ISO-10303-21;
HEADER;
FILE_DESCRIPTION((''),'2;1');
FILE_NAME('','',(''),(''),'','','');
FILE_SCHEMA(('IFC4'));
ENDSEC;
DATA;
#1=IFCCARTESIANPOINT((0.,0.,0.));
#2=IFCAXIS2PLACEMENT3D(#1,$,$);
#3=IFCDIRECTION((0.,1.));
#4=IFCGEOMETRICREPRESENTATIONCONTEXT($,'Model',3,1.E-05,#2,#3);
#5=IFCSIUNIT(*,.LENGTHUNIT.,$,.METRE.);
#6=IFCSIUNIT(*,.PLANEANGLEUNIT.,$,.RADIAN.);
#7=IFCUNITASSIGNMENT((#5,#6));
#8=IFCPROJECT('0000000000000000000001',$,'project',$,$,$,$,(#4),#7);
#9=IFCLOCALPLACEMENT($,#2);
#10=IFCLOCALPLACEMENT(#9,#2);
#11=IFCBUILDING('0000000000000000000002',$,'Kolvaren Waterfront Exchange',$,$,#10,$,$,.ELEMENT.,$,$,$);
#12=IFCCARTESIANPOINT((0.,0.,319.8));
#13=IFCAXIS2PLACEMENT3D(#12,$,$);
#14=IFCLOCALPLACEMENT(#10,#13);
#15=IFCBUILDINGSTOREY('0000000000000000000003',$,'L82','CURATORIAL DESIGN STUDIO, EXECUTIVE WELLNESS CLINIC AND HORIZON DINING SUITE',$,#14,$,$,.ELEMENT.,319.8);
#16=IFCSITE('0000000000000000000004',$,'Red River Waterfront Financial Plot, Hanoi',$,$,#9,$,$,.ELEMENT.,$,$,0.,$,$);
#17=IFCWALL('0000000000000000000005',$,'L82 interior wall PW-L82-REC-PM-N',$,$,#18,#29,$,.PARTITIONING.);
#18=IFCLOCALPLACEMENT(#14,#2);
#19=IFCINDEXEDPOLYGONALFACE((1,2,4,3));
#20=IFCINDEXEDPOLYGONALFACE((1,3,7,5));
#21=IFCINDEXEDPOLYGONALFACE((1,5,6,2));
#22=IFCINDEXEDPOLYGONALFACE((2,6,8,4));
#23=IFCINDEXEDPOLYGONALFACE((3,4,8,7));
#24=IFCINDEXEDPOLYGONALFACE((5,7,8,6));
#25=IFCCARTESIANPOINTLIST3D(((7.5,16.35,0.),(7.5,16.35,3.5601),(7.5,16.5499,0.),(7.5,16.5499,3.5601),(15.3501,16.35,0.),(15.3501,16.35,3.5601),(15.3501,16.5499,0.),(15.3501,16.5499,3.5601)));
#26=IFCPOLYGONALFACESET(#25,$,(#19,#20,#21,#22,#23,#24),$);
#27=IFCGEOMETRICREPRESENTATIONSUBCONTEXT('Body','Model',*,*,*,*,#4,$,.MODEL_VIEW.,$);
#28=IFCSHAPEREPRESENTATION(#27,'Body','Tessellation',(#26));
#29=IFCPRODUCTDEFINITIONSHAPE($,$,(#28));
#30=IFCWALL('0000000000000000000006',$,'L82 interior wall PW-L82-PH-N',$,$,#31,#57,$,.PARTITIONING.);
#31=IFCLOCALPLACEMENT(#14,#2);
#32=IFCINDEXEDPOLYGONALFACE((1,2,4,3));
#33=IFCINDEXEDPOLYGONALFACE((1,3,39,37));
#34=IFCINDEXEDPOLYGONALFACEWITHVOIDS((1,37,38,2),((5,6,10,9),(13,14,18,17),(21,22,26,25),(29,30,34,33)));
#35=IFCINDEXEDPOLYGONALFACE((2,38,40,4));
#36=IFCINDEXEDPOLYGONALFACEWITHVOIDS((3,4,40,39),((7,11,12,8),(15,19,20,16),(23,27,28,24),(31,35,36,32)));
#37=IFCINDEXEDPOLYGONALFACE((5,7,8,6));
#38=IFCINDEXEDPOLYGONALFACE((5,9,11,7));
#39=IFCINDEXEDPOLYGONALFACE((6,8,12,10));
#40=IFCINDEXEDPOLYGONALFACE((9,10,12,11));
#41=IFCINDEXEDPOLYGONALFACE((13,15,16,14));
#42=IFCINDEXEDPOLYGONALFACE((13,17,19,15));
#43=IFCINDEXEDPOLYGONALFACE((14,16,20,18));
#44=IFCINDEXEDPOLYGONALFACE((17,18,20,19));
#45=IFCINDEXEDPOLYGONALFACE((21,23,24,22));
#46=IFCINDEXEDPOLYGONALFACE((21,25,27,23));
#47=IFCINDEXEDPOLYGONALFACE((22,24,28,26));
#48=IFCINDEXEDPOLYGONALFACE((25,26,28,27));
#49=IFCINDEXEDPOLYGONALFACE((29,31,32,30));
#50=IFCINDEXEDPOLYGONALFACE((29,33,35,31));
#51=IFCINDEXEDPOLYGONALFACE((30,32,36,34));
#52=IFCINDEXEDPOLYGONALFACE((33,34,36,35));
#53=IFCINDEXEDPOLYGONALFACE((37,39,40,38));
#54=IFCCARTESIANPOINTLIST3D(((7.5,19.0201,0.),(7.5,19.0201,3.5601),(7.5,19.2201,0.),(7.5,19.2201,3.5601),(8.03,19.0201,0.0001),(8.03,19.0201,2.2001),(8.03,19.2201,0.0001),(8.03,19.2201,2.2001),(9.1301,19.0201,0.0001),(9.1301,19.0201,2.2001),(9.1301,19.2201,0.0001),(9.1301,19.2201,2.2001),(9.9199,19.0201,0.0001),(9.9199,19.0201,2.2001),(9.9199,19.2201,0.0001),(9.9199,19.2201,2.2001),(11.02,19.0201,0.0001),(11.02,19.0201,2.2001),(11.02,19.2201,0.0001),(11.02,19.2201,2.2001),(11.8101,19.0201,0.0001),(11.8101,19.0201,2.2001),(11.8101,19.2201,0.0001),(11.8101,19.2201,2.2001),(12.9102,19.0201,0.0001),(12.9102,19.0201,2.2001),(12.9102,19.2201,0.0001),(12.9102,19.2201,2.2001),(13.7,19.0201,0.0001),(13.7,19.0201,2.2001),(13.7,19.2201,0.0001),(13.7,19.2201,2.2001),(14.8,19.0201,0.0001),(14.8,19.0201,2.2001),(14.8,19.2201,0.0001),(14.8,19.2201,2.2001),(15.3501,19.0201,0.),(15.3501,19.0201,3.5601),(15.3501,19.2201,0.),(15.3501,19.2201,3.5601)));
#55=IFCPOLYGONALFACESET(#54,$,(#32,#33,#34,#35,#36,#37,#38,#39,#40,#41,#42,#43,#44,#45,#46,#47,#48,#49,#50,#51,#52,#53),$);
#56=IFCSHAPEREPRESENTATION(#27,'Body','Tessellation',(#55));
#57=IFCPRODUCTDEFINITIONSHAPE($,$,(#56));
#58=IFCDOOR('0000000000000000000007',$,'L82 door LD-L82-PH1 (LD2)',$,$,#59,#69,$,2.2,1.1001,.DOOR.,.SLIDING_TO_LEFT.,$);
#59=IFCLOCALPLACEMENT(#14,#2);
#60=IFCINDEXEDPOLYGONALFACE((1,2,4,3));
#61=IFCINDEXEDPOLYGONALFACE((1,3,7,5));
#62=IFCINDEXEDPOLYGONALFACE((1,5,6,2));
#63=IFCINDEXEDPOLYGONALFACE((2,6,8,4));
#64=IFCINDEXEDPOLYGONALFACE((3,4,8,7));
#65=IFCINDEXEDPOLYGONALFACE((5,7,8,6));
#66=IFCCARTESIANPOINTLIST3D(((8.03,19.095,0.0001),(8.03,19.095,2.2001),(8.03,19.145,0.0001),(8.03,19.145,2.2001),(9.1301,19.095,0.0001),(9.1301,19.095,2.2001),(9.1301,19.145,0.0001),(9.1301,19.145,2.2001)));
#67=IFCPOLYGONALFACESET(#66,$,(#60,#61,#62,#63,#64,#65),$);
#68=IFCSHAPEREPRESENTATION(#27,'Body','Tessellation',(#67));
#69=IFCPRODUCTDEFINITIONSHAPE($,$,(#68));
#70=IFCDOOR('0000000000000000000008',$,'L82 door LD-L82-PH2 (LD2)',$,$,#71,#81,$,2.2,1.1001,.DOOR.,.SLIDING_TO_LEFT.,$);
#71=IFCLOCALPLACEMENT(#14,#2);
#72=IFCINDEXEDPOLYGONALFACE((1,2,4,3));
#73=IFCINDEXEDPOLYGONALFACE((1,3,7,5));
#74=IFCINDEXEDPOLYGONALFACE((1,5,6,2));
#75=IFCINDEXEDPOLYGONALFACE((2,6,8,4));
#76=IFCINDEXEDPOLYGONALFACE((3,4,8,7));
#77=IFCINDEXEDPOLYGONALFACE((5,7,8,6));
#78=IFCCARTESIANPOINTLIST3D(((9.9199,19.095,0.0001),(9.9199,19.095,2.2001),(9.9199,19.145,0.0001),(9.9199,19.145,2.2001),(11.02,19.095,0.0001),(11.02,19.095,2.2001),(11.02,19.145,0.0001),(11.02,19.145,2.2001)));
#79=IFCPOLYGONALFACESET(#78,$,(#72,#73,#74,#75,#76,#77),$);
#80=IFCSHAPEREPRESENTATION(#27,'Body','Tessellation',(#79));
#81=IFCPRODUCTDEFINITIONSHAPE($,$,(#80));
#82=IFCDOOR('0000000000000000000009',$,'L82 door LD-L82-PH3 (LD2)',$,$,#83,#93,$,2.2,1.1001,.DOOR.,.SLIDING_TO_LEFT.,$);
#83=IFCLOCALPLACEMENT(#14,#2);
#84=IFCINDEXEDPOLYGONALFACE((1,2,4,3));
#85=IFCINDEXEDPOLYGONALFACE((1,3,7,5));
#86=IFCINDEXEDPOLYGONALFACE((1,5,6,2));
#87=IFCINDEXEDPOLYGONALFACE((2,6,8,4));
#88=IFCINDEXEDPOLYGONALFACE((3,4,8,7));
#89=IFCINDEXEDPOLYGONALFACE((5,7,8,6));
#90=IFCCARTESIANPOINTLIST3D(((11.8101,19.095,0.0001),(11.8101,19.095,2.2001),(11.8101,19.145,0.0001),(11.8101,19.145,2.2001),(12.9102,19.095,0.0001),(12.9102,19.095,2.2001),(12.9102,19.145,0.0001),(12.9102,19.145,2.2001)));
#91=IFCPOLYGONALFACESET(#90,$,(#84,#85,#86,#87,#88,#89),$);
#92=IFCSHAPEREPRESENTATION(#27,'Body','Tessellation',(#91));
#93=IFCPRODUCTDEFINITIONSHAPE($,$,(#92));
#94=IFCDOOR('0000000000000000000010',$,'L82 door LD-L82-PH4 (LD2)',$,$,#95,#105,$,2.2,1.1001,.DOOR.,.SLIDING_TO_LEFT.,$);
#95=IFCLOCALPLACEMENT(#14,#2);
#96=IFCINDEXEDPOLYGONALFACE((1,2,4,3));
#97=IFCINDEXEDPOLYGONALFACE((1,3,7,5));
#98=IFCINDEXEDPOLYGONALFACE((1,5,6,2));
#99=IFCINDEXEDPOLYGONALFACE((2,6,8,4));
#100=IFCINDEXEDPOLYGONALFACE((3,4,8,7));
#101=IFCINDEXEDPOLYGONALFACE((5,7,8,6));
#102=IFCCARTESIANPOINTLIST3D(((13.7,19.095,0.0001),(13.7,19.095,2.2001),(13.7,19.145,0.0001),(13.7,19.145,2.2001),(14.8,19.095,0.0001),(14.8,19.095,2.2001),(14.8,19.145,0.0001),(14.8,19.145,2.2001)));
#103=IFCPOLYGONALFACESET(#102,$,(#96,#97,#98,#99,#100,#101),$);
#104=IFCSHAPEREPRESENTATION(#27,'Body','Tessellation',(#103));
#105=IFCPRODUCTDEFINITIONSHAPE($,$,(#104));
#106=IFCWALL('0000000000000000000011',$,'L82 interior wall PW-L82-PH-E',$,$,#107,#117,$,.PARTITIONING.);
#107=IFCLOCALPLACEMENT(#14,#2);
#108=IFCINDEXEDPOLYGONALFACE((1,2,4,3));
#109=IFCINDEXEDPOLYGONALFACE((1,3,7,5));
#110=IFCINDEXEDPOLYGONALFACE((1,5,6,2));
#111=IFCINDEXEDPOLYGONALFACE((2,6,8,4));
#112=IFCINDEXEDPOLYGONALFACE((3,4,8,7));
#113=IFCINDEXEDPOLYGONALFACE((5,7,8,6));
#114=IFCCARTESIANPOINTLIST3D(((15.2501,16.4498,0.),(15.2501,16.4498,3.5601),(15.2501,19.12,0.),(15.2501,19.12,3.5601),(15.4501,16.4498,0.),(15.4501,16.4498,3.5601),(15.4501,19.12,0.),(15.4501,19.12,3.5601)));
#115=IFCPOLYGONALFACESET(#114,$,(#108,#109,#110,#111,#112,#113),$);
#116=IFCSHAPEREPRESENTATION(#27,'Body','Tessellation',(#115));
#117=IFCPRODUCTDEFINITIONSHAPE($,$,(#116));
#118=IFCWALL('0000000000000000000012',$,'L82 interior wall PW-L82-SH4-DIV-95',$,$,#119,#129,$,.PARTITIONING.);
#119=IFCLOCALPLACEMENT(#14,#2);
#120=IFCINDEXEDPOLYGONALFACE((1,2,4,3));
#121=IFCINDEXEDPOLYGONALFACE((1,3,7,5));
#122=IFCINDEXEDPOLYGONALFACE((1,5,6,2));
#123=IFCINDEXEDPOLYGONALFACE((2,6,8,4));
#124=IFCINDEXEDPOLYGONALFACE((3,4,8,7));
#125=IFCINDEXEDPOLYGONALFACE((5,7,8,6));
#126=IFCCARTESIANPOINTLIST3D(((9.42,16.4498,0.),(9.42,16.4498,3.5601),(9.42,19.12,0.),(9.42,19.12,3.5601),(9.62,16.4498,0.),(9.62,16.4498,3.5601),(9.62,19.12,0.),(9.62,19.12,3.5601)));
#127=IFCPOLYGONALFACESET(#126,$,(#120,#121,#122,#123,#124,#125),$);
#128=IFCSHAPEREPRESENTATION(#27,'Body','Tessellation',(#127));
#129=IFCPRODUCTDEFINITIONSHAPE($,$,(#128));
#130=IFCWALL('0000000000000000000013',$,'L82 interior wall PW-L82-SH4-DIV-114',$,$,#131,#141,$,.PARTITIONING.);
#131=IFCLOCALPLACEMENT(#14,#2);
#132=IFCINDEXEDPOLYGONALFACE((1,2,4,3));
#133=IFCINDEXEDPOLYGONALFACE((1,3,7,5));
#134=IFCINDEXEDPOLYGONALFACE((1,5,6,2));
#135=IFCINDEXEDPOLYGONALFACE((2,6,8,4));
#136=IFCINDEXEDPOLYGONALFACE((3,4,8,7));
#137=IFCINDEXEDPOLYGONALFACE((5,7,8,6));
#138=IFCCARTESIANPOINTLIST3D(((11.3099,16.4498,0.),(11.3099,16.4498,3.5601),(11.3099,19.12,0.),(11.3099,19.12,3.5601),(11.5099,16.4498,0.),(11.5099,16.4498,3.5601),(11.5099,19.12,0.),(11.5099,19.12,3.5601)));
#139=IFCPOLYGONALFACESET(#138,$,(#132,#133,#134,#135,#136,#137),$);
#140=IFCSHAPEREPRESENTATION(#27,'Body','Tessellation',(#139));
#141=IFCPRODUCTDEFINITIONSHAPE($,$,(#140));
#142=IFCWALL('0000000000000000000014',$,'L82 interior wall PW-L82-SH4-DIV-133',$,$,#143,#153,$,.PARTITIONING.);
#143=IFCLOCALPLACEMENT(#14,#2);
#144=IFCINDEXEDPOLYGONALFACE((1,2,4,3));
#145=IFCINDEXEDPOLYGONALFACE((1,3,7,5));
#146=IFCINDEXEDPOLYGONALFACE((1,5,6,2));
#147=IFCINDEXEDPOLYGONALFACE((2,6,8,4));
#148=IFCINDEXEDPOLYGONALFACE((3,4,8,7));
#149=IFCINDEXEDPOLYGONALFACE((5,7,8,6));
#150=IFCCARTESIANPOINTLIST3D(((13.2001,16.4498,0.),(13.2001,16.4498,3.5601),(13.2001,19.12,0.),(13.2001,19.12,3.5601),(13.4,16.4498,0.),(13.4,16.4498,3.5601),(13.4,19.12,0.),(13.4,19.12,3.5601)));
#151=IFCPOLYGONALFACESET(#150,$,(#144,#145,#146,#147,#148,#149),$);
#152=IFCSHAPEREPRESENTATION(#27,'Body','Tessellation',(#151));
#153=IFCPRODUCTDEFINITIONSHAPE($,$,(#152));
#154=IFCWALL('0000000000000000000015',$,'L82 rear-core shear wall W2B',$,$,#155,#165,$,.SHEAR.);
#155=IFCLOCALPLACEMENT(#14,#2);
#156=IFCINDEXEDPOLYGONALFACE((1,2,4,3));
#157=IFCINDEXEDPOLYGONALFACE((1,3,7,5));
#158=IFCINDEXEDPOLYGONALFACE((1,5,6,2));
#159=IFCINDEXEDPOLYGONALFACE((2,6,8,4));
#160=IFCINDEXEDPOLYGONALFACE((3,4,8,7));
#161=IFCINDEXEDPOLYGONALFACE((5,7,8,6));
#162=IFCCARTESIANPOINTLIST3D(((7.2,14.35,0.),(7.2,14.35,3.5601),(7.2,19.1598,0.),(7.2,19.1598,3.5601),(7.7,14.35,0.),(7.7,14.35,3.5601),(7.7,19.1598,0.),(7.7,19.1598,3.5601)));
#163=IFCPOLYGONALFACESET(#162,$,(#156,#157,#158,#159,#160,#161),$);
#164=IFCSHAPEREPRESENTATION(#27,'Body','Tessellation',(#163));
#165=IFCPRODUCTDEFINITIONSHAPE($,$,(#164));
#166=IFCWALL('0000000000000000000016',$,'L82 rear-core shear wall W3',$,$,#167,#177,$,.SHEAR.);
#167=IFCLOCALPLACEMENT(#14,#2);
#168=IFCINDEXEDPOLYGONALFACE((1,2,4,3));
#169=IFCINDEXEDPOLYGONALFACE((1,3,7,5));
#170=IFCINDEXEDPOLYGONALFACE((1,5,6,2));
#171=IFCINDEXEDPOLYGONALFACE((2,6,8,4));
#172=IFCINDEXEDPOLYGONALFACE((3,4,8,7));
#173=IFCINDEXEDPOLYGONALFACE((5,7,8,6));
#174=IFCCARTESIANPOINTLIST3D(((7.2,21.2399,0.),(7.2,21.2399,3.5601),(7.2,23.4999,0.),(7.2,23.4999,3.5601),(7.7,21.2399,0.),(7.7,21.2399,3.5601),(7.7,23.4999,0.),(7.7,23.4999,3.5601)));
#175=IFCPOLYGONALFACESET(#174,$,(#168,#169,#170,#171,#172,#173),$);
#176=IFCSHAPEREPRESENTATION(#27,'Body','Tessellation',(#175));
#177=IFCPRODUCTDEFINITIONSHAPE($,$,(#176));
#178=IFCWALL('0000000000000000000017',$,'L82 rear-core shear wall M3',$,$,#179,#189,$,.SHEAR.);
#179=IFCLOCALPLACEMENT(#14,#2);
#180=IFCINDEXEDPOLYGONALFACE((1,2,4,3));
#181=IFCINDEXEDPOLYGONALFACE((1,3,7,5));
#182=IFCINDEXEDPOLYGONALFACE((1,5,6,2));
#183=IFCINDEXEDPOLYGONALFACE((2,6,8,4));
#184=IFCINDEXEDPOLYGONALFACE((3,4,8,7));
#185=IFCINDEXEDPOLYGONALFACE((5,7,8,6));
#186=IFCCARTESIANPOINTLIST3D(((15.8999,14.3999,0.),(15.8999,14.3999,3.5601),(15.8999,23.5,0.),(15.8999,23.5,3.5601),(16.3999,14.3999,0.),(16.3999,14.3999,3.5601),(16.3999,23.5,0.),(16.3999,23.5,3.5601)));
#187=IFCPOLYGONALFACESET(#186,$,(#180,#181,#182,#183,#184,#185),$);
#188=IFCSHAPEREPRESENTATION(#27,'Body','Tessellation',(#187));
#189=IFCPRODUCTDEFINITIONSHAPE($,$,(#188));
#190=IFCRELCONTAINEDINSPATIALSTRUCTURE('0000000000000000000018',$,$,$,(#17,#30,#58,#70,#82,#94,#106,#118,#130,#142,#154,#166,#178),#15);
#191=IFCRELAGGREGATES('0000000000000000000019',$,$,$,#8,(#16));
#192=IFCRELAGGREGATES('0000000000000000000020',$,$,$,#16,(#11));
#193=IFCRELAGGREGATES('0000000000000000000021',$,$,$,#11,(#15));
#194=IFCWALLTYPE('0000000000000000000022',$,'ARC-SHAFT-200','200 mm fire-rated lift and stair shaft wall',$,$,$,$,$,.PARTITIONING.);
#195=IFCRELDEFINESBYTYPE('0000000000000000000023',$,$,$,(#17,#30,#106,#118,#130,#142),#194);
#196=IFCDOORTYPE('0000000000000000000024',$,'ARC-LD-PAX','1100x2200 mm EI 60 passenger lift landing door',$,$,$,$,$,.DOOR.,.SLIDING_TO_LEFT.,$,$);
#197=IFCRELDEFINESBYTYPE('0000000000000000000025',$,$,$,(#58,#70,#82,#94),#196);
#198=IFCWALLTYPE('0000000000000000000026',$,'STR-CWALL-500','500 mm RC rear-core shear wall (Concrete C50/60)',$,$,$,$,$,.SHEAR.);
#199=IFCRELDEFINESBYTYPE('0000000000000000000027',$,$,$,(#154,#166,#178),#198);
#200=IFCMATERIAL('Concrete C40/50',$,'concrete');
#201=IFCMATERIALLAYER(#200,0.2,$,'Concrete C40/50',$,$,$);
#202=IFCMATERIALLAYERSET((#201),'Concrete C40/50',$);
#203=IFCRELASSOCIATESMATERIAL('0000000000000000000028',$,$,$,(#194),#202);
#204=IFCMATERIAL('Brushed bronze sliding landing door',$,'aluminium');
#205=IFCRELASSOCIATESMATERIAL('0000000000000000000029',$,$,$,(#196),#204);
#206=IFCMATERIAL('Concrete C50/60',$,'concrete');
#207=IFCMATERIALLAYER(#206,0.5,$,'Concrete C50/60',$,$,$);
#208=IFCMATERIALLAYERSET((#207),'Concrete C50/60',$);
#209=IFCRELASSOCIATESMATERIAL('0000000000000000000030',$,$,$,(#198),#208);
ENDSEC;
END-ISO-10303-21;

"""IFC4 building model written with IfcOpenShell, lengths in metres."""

from ifc_helpers import new_model, si_unit, direction, frame, frame_2d, origin, place, context, subcontext, project, spatial, rectangle, extrude, material, layer, layer_set, type_object, element, fill, save


model = new_model("IFC4")

# Units and contexts
model_context = context("Model", 3, precision=1e-05, world=origin(), true_north=direction((0.0, 1.0)))
body_context = subcontext(model_context, "Body", "Model", "MODEL_VIEW")
ifc_project = project(units=[si_unit("LENGTHUNIT", "METRE"), si_unit("PLANEANGLEUNIT", "RADIAN")], contexts=[model_context])

# Site, building, storey
site_placement = place(None, origin())
site = spatial("IfcSite", under=ifc_project, at=site_placement, Name="Red River Waterfront Financial Plot, Hanoi", CompositionType="ELEMENT", RefElevation=0.0)
building_placement = place(site_placement, origin())
building = spatial("IfcBuilding", under=site, at=building_placement, Name="Kolvaren Waterfront Exchange", CompositionType="ELEMENT")
storey_placement = place(building_placement, frame((0.0, 0.0, 319.8)))
storey = spatial("IfcBuildingStorey", under=building, at=storey_placement, Name="L82", Description="CURATORIAL DESIGN STUDIO, EXECUTIVE WELLNESS CLINIC AND HORIZON DINING SUITE", CompositionType="ELEMENT", Elevation=319.8)

# Wall
ifc_material_1 = material(Name="Concrete C40/50", Category="concrete")
ifc_layer_1 = layer(ifc_material_1, 0.2, Name="Concrete C40/50")
ifc_layer_set_1 = layer_set([ifc_layer_1], Name="Concrete C40/50")
wall_type_1 = type_object("IfcWallType", Name="ARC-SHAFT-200", Description="200 mm fire-rated lift and stair shaft wall", PredefinedType="PARTITIONING", material=ifc_layer_set_1)
wall_1_placement = place(storey_placement, frame((7.5, 16.45, 0.0), z_axis=(0.0, 0.0, 1.0), x_axis=(1.0, 0.0, 0.0)))
element("IfcWall", 1, at=wall_1_placement, inside=storey, type_object=wall_type_1, Name="L82 interior wall PW-L82-REC-PM-N", PredefinedType="PARTITIONING", context=body_context, shape_type="SweptSolid", body=[
    extrude(rectangle(XDim=7.8501, YDim=0.2, at=frame_2d((3.925, 0.0))), origin(), (0.0, 0.0, 1.0), 3.5601),
])

# Wall, openings, doors
wall_2_placement = place(storey_placement, frame((7.5, 19.1201, 0.0), z_axis=(0.0, 0.0, 1.0), x_axis=(1.0, 0.0, 0.0)))
wall_2 = element("IfcWall", 2, at=wall_2_placement, inside=storey, type_object=wall_type_1, Name="L82 interior wall PW-L82-PH-N", PredefinedType="PARTITIONING", context=body_context, shape_type="SweptSolid", body=[
    extrude(rectangle(XDim=7.8501, YDim=0.2, at=frame_2d((3.925, 0.0))), origin(), (0.0, 0.0, 1.0), 3.5601),
])
opening_1_placement = place(wall_2_placement, frame((0.53, 0.0, 0.0)))
opening_1 = element("IfcOpeningElement", 3, at=opening_1_placement, cuts=wall_2, PredefinedType="OPENING", context=body_context, shape_type="SweptSolid", body=[
    extrude(rectangle(XDim=1.1001, YDim=2.2, at=frame_2d((0.55, 1.1001))), frame((0.0, 0.1099, 0.0), z_axis=(0.0, -1.0, 0.0), x_axis=(1.0, 0.0, 0.0)), (0.0, 0.0, 1.0), 0.22),
])
opening_2_placement = place(wall_2_placement, frame((2.4199, 0.0, 0.0)))
opening_2 = element("IfcOpeningElement", 4, at=opening_2_placement, cuts=wall_2, PredefinedType="OPENING", context=body_context, shape_type="SweptSolid", body=[
    extrude(rectangle(XDim=1.1001, YDim=2.2, at=frame_2d((0.55, 1.1001))), frame((0.0, 0.1099, 0.0), z_axis=(0.0, -1.0, 0.0), x_axis=(1.0, 0.0, 0.0)), (0.0, 0.0, 1.0), 0.22),
])
opening_3_placement = place(wall_2_placement, frame((4.3101, 0.0, 0.0)))
opening_3 = element("IfcOpeningElement", 5, at=opening_3_placement, cuts=wall_2, PredefinedType="OPENING", context=body_context, shape_type="SweptSolid", body=[
    extrude(rectangle(XDim=1.1001, YDim=2.2, at=frame_2d((0.55, 1.1001))), frame((0.0, 0.1099, 0.0), z_axis=(0.0, -1.0, 0.0), x_axis=(1.0, 0.0, 0.0)), (0.0, 0.0, 1.0), 0.22),
])
opening_4_placement = place(wall_2_placement, frame((6.2, 0.0, 0.0)))
opening_4 = element("IfcOpeningElement", 6, at=opening_4_placement, cuts=wall_2, PredefinedType="OPENING", context=body_context, shape_type="SweptSolid", body=[
    extrude(rectangle(XDim=1.1001, YDim=2.2, at=frame_2d((0.55, 1.1001))), frame((0.0, 0.1099, 0.0), z_axis=(0.0, -1.0, 0.0), x_axis=(1.0, 0.0, 0.0)), (0.0, 0.0, 1.0), 0.22),
])
ifc_material_2 = material(Name="Brushed bronze sliding landing door", Category="aluminium")
door_type_1 = type_object("IfcDoorType", Name="ARC-LD-PAX", Description="1100x2200 mm EI 60 passenger lift landing door", OperationType="SLIDING_TO_LEFT", PredefinedType="DOOR", material=ifc_material_2)
door_1_placement = place(opening_1_placement, origin())
door_1 = element("IfcDoor", 7, at=door_1_placement, inside=storey, type_object=door_type_1, Name="L82 door LD-L82-PH1 (LD2)", OperationType="SLIDING_TO_LEFT", OverallHeight=2.2, OverallWidth=1.1001, PredefinedType="DOOR", context=body_context, shape_type="SweptSolid", body=[
    extrude(rectangle(XDim=1.1001, YDim=2.2, at=frame_2d((0.55, 1.1001))), frame((0.0, 0.0249, 0.0), z_axis=(0.0, -1.0, 0.0), x_axis=(1.0, 0.0, 0.0)), (0.0, 0.0, 1.0), 0.05),
])
fill(opening_1, door_1)
door_2_placement = place(opening_2_placement, origin())
door_2 = element("IfcDoor", 8, at=door_2_placement, inside=storey, type_object=door_type_1, Name="L82 door LD-L82-PH2 (LD2)", OperationType="SLIDING_TO_LEFT", OverallHeight=2.2, OverallWidth=1.1001, PredefinedType="DOOR", context=body_context, shape_type="SweptSolid", body=[
    extrude(rectangle(XDim=1.1001, YDim=2.2, at=frame_2d((0.55, 1.1001))), frame((0.0, 0.0249, 0.0), z_axis=(0.0, -1.0, 0.0), x_axis=(1.0, 0.0, 0.0)), (0.0, 0.0, 1.0), 0.05),
])
fill(opening_2, door_2)
door_3_placement = place(opening_3_placement, origin())
door_3 = element("IfcDoor", 9, at=door_3_placement, inside=storey, type_object=door_type_1, Name="L82 door LD-L82-PH3 (LD2)", OperationType="SLIDING_TO_LEFT", OverallHeight=2.2, OverallWidth=1.1001, PredefinedType="DOOR", context=body_context, shape_type="SweptSolid", body=[
    extrude(rectangle(XDim=1.1001, YDim=2.2, at=frame_2d((0.55, 1.1001))), frame((0.0, 0.0249, 0.0), z_axis=(0.0, -1.0, 0.0), x_axis=(1.0, 0.0, 0.0)), (0.0, 0.0, 1.0), 0.05),
])
fill(opening_3, door_3)
door_4_placement = place(opening_4_placement, origin())
door_4 = element("IfcDoor", 10, at=door_4_placement, inside=storey, type_object=door_type_1, Name="L82 door LD-L82-PH4 (LD2)", OperationType="SLIDING_TO_LEFT", OverallHeight=2.2, OverallWidth=1.1001, PredefinedType="DOOR", context=body_context, shape_type="SweptSolid", body=[
    extrude(rectangle(XDim=1.1001, YDim=2.2, at=frame_2d((0.55, 1.1001))), frame((0.0, 0.0249, 0.0), z_axis=(0.0, -1.0, 0.0), x_axis=(1.0, 0.0, 0.0)), (0.0, 0.0, 1.0), 0.05),
])
fill(opening_4, door_4)

# Walls
for number, where, z_axis, x_axis, name in (
    (11, (15.3501, 16.45, 0.0), (0.0, 0.0, 1.0), (0.0, 1.0, 0.0), "L82 interior wall PW-L82-PH-E"),
    (12, (9.52, 16.45, 0.0), (0.0, 0.0, 1.0), (0.0, 1.0, 0.0), "L82 interior wall PW-L82-SH4-DIV-95"),
    (13, (11.4099, 16.45, 0.0), (0.0, 0.0, 1.0), (0.0, 1.0, 0.0), "L82 interior wall PW-L82-SH4-DIV-114"),
    (14, (13.3, 16.45, 0.0), (0.0, 0.0, 1.0), (0.0, 1.0, 0.0), "L82 interior wall PW-L82-SH4-DIV-133"),
):
    element("IfcWall", number, at=place(storey_placement, frame(where, z_axis=z_axis, x_axis=x_axis)), inside=storey, type_object=wall_type_1, Name=name, PredefinedType="PARTITIONING", context=body_context, shape_type="SweptSolid", body=[
        extrude(rectangle(XDim=2.6702, YDim=0.2, at=frame_2d((1.335, 0.0))), origin(), (0.0, 0.0, 1.0), 3.5601),
    ])
ifc_material_3 = material(Name="Concrete C50/60", Category="concrete")
ifc_layer_2 = layer(ifc_material_3, 0.5, Name="Concrete C50/60")
ifc_layer_set_2 = layer_set([ifc_layer_2], Name="Concrete C50/60")
wall_type_2 = type_object("IfcWallType", Name="STR-CWALL-500", Description="500 mm RC rear-core shear wall (Concrete C50/60)", PredefinedType="SHEAR", material=ifc_layer_set_2)
wall_3_placement = place(storey_placement, frame((7.45, 14.3501, 0.0), z_axis=(0.0, 0.0, 1.0), x_axis=(0.0, 1.0, 0.0)))
element("IfcWall", 15, at=wall_3_placement, inside=storey, type_object=wall_type_2, Name="L82 rear-core shear wall W2B", PredefinedType="SHEAR", context=body_context, shape_type="SweptSolid", body=[
    extrude(rectangle(XDim=4.8098, YDim=0.5, at=frame_2d((2.4048, 0.0))), origin(), (0.0, 0.0, 1.0), 3.5601),
])
wall_4_placement = place(storey_placement, frame((7.45, 21.24, 0.0), z_axis=(0.0, 0.0, 1.0), x_axis=(0.0, 1.0, 0.0)))
element("IfcWall", 16, at=wall_4_placement, inside=storey, type_object=wall_type_2, Name="L82 rear-core shear wall W3", PredefinedType="SHEAR", context=body_context, shape_type="SweptSolid", body=[
    extrude(rectangle(XDim=2.26, YDim=0.5, at=frame_2d((1.1299, 0.0))), origin(), (0.0, 0.0, 1.0), 3.5601),
])
wall_5_placement = place(storey_placement, frame((16.1499, 14.3999, 0.0), z_axis=(0.0, 0.0, 1.0), x_axis=(0.0, 1.0, 0.0)))
element("IfcWall", 17, at=wall_5_placement, inside=storey, type_object=wall_type_2, Name="L82 rear-core shear wall M3", PredefinedType="SHEAR", context=body_context, shape_type="SweptSolid", body=[
    extrude(rectangle(XDim=9.1001, YDim=0.5, at=frame_2d((4.55, 0.0))), origin(), (0.0, 0.0, 1.0), 3.5601),
])

save(model, "model.ifc")
